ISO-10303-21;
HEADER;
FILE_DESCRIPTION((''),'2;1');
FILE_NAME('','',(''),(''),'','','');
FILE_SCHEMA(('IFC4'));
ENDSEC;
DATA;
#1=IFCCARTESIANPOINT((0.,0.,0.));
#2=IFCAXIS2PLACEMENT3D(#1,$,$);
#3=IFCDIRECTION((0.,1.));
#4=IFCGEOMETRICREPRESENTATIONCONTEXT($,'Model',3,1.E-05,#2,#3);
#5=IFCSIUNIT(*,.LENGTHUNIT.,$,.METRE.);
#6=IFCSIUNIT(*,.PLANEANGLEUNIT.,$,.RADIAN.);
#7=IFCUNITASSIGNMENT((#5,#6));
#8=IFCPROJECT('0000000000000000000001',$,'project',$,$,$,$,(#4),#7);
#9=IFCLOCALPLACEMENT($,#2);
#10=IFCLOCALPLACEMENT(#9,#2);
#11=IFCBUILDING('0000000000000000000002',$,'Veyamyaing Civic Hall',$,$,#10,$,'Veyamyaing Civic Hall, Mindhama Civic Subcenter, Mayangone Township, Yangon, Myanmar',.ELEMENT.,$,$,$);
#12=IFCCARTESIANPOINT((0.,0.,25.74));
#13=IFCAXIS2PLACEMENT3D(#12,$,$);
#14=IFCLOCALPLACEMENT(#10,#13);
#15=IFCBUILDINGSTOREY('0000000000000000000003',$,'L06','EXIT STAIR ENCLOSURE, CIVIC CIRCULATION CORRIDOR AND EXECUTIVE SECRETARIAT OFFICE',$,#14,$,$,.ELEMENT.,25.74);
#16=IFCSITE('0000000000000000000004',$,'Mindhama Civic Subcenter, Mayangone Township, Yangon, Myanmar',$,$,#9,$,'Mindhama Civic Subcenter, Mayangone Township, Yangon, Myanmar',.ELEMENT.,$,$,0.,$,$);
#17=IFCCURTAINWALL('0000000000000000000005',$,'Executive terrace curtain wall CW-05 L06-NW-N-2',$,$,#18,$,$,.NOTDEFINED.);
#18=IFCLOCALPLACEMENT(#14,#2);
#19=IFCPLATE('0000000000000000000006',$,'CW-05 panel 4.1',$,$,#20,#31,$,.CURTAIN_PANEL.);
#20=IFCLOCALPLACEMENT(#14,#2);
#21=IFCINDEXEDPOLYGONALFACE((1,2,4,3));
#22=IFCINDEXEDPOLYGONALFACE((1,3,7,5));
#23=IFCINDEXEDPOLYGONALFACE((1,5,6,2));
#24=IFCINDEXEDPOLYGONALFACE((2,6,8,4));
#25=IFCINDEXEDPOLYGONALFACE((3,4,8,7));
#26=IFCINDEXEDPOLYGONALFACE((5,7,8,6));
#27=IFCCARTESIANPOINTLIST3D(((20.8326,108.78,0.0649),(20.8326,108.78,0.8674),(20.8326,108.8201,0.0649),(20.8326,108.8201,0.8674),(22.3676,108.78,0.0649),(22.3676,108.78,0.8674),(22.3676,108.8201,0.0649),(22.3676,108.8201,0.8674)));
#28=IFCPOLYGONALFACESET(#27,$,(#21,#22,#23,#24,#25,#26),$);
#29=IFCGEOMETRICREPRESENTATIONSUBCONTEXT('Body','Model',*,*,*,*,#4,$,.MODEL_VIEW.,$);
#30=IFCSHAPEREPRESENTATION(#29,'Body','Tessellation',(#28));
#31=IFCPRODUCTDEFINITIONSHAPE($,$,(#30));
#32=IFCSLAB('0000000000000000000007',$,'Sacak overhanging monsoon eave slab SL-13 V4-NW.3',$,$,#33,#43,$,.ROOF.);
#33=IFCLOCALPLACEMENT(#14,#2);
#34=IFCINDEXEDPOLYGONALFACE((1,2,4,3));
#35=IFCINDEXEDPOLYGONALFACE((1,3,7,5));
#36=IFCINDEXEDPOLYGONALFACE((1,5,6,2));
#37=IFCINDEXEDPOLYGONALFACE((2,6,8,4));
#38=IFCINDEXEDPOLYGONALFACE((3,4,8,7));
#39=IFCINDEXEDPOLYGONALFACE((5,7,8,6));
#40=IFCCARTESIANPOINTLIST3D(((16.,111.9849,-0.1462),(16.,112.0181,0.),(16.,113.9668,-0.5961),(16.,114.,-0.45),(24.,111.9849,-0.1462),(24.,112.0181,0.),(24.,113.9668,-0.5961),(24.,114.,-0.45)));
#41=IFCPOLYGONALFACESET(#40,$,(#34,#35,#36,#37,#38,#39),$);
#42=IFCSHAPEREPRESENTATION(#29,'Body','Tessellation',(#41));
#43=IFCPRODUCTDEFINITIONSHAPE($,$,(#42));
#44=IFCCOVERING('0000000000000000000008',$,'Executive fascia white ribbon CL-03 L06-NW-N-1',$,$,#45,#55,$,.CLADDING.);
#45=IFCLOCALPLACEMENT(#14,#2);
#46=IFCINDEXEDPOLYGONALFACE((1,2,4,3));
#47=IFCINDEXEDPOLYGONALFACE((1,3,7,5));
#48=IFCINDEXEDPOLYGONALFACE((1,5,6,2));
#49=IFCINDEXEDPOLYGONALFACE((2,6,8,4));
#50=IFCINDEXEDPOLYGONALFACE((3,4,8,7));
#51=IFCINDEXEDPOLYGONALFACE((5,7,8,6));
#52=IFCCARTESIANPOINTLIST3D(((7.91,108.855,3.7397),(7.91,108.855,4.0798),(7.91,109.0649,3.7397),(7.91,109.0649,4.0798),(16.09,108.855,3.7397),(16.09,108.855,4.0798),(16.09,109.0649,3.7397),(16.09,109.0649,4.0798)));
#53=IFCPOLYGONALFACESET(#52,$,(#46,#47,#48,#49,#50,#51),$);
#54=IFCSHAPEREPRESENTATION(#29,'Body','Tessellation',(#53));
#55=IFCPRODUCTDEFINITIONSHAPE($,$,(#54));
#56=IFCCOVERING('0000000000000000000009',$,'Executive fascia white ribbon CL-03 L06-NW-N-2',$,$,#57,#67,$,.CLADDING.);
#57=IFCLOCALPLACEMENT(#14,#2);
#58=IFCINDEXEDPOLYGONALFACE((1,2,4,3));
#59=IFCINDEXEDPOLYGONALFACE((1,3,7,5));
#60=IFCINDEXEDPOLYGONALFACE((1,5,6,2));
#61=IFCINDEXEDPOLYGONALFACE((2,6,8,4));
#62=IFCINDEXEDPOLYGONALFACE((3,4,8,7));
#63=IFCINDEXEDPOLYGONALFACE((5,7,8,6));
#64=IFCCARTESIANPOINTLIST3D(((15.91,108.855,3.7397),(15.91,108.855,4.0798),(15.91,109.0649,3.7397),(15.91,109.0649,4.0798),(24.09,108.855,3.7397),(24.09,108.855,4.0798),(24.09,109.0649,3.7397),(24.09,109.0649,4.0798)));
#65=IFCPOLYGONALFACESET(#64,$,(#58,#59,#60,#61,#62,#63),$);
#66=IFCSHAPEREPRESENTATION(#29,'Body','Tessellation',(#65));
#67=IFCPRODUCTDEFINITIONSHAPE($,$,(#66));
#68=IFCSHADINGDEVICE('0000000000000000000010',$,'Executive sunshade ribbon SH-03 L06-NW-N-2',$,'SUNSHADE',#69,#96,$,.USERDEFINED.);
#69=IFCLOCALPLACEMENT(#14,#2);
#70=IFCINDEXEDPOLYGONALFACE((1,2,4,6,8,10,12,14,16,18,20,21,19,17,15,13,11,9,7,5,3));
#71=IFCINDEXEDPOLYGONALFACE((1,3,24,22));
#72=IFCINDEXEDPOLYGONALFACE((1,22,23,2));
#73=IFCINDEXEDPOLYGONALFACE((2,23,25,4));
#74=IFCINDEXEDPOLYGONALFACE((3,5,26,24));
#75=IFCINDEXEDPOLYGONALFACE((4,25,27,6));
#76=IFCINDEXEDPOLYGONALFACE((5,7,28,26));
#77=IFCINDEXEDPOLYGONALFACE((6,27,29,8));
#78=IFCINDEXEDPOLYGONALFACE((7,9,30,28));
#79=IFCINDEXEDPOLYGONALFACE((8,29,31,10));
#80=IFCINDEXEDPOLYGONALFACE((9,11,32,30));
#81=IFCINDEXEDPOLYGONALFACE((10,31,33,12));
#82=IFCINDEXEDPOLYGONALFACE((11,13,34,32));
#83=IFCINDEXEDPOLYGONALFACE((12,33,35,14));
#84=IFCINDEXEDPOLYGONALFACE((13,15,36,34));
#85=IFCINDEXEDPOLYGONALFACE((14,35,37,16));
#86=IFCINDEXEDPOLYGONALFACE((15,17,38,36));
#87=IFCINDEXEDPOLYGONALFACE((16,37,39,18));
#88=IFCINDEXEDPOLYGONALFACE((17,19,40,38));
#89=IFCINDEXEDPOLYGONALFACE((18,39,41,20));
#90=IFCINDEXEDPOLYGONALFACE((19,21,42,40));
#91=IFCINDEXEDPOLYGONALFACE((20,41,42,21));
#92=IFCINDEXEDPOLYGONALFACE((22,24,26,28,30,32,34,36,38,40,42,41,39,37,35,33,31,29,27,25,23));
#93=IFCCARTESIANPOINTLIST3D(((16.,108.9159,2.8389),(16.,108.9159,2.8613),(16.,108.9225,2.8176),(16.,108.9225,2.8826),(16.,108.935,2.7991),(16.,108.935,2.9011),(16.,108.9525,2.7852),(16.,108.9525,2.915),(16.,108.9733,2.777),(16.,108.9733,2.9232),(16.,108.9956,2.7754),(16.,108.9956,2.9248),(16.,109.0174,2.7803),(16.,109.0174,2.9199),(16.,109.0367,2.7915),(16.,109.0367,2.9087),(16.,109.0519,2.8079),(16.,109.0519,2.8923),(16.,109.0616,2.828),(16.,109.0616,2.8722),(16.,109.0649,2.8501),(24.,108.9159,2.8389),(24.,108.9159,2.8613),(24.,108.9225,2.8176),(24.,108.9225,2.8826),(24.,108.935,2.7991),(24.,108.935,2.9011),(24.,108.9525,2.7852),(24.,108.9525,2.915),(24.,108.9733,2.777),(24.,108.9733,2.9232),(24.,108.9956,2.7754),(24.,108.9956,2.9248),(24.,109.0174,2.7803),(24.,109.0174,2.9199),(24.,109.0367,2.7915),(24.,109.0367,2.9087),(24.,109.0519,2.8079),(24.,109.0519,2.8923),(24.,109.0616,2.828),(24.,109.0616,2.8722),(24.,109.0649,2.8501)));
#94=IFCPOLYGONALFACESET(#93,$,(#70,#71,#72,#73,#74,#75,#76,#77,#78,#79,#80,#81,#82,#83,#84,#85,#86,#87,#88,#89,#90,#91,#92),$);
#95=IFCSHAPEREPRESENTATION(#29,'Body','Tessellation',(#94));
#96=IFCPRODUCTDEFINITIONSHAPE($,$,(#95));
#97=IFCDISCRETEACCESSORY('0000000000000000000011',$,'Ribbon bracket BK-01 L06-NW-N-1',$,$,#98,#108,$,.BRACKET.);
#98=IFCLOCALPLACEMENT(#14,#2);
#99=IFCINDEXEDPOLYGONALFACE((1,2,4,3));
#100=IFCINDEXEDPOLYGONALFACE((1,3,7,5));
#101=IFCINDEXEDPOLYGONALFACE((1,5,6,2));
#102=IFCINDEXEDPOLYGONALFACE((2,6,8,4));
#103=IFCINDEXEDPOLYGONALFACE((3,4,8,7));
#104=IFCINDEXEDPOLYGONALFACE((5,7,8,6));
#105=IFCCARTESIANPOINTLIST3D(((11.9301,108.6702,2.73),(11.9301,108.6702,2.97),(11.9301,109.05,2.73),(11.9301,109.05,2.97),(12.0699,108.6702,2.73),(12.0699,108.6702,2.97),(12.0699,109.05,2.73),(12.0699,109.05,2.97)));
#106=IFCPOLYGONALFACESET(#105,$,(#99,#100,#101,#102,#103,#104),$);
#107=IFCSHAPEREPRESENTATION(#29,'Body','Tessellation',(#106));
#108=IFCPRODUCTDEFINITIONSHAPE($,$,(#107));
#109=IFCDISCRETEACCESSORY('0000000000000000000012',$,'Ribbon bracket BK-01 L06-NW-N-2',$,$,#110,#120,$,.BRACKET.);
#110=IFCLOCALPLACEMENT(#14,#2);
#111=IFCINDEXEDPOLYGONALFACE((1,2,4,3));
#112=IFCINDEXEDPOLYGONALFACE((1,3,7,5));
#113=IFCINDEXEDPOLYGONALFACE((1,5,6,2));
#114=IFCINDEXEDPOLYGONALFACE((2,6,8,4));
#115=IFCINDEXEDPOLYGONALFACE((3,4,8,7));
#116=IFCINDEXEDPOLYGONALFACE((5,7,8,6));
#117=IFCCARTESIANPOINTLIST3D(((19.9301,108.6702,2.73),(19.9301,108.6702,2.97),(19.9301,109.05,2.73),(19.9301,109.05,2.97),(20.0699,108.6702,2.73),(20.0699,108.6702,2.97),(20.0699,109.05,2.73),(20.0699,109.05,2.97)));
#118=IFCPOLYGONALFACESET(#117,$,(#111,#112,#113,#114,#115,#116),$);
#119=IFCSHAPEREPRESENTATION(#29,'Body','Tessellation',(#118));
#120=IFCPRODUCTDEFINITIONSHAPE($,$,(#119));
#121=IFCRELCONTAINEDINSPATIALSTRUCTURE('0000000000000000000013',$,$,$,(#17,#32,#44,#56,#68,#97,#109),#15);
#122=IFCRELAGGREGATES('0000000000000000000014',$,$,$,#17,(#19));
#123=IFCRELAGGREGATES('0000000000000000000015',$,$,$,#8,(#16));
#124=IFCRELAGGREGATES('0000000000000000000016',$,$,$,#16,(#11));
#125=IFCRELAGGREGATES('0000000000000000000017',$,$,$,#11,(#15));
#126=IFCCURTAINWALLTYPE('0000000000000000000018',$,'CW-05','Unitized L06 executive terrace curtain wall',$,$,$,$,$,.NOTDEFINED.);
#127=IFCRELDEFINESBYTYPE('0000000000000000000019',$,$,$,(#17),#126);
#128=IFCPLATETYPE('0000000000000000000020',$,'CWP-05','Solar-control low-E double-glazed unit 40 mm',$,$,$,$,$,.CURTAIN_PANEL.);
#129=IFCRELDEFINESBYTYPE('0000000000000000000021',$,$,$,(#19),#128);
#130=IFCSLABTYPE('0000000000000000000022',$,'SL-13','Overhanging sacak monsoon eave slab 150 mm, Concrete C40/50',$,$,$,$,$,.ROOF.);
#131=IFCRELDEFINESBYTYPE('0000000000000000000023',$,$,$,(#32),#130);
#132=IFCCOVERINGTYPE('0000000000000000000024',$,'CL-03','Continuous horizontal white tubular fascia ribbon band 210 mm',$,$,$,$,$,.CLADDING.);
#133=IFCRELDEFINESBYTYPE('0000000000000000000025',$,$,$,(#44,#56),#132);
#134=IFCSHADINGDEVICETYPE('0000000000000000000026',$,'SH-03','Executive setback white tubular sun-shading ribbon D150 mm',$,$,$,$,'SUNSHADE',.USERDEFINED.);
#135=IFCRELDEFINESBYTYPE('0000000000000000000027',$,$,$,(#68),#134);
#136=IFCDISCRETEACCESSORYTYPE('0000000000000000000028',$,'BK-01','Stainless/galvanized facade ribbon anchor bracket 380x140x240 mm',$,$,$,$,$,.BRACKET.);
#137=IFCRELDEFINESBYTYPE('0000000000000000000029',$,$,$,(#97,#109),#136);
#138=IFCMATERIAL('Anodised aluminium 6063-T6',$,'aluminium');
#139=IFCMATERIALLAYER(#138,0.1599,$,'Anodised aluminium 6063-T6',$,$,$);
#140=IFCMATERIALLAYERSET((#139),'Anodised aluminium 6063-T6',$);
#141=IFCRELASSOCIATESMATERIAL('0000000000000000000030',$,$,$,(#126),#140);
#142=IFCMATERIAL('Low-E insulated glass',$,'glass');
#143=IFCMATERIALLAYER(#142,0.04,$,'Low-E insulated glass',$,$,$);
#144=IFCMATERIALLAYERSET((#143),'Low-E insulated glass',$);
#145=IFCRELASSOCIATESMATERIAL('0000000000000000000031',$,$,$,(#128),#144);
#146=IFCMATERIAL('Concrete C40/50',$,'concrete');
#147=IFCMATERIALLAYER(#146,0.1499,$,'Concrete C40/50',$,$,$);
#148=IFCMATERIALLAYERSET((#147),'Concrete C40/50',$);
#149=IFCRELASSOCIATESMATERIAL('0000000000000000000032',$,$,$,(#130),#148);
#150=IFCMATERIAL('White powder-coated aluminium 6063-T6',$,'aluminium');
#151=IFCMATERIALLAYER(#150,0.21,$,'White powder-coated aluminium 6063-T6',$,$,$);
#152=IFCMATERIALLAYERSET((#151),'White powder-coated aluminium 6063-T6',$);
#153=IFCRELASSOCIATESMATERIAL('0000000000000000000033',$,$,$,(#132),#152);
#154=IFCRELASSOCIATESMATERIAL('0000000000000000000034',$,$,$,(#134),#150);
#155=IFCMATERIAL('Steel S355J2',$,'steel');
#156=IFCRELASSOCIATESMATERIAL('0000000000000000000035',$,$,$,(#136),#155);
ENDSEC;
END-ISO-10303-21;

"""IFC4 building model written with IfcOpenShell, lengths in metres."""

from ifc_helpers import new_model, si_unit, direction, frame, origin, origin_2d, place, context, subcontext, project, spatial, polyline, rectangle, circle, outline, extrude, material, layer, layer_set, material_profile, profile_set, type_object, element, aggregate, save


model = new_model("IFC4")

# Units and contexts
model_context = context("Model", 3, precision=1e-05, world=origin(), true_north=direction((0.0, 1.0)))
body_context = subcontext(model_context, "Body", "Model", "MODEL_VIEW")
ifc_project = project(units=[si_unit("LENGTHUNIT", "METRE"), si_unit("PLANEANGLEUNIT", "RADIAN")], contexts=[model_context])

# Site, building, storey
site_placement = place(None, origin())
site = spatial("IfcSite", under=ifc_project, at=site_placement, Name="Mindhama Civic Subcenter, Mayangone Township, Yangon, Myanmar", LongName="Mindhama Civic Subcenter, Mayangone Township, Yangon, Myanmar", CompositionType="ELEMENT", RefElevation=0.0)
building_placement = place(site_placement, origin())
building = spatial("IfcBuilding", under=site, at=building_placement, Name="Veyamyaing Civic Hall", LongName="Veyamyaing Civic Hall, Mindhama Civic Subcenter, Mayangone Township, Yangon, Myanmar", CompositionType="ELEMENT")
storey_placement = place(building_placement, frame((0.0, 0.0, 25.74)))
storey = spatial("IfcBuildingStorey", under=building, at=storey_placement, Name="L06", Description="EXIT STAIR ENCLOSURE, CIVIC CIRCULATION CORRIDOR AND EXECUTIVE SECRETARIAT OFFICE", CompositionType="ELEMENT", Elevation=25.74)

# Curtain wall
ifc_material_1 = material(Name="Anodised aluminium 6063-T6", Category="aluminium")
ifc_layer_1 = layer(ifc_material_1, 0.1599, Name="Anodised aluminium 6063-T6")
ifc_layer_set_1 = layer_set([ifc_layer_1], Name="Anodised aluminium 6063-T6")
curtain_wall_type = type_object("IfcCurtainWallType", Name="CW-05", Description="Unitized L06 executive terrace curtain wall", PredefinedType="NOTDEFINED", material=ifc_layer_set_1)
curtain_wall_placement = place(storey_placement, origin())
curtain_wall = element("IfcCurtainWall", 1, at=curtain_wall_placement, inside=storey, type_object=curtain_wall_type, Name="Executive terrace curtain wall CW-05 L06-NW-N-2", PredefinedType="NOTDEFINED")

# Plate
ifc_material_2 = material(Name="Low-E insulated glass", Category="glass")
ifc_layer_2 = layer(ifc_material_2, 0.04, Name="Low-E insulated glass")
ifc_layer_set_2 = layer_set([ifc_layer_2], Name="Low-E insulated glass")
plate_type = type_object("IfcPlateType", Name="CWP-05", Description="Solar-control low-E double-glazed unit 40 mm", PredefinedType="CURTAIN_PANEL", material=ifc_layer_set_2)
plate_1_placement = place(storey_placement, frame((21.6001, 108.8, 0.0649), z_axis=(0.0, 0.0, 1.0), x_axis=(1.0, 0.0, 0.0)))
plate_1 = element("IfcPlate", 2, at=plate_1_placement, type_object=plate_type, Name="CW-05 panel 4.1", PredefinedType="CURTAIN_PANEL", context=body_context, shape_type="SweptSolid", body=[
    extrude(rectangle(XDim=1.5349, YDim=0.04, at=origin_2d()), origin(), (0.0, 0.0, 1.0), 0.8025),
])
aggregate(curtain_wall, [plate_1])

# Slab
ifc_material_3 = material(Name="Concrete C40/50", Category="concrete")
ifc_layer_3 = layer(ifc_material_3, 0.1499, Name="Concrete C40/50")
ifc_layer_set_3 = layer_set([ifc_layer_3], Name="Concrete C40/50")
slab_type = type_object("IfcSlabType", Name="SL-13", Description="Overhanging sacak monsoon eave slab 150 mm, Concrete C40/50", PredefinedType="ROOF", material=ifc_layer_set_3)
slab_placement = place(storey_placement, frame((16.0, 112.0181, 0.0), z_axis=(0.0, 0.221393, 0.975185), x_axis=(1.0, 0.0, 0.0)))
element("IfcSlab", 3, at=slab_placement, inside=storey, type_object=slab_type, Name="Sacak overhanging monsoon eave slab SL-13 V4-NW.3", PredefinedType="ROOF", context=body_context, shape_type="SweptSolid", body=[
    extrude(outline(polyline([(0.0, 0.0), (8.0, 0.0), (8.0, 2.0324), (0.0, 2.0324), (0.0, 0.0)])), origin(), (0.0, 0.0, -1.0), 0.1499),
])

# Coverings
ifc_material_4 = material(Name="White powder-coated aluminium 6063-T6", Category="aluminium")
ifc_layer_4 = layer(ifc_material_4, 0.21, Name="White powder-coated aluminium 6063-T6")
ifc_layer_set_4 = layer_set([ifc_layer_4], Name="White powder-coated aluminium 6063-T6")
covering_type = type_object("IfcCoveringType", Name="CL-03", Description="Continuous horizontal white tubular fascia ribbon band 210 mm", PredefinedType="CLADDING", material=ifc_layer_set_4)
for number, where, z_axis, x_axis, name in (
    (4, (12.0, 108.96, 3.7397), (0.0, 0.0, 1.0), (1.0, 0.0, 0.0), "Executive fascia white ribbon CL-03 L06-NW-N-1"),
    (5, (20.0, 108.96, 3.7397), (0.0, 0.0, 1.0), (1.0, 0.0, 0.0), "Executive fascia white ribbon CL-03 L06-NW-N-2"),
):
    element("IfcCovering", number, at=place(storey_placement, frame(where, z_axis=z_axis, x_axis=x_axis)), inside=storey, type_object=covering_type, Name=name, PredefinedType="CLADDING", context=body_context, shape_type="SweptSolid", body=[
        extrude(rectangle(XDim=8.1799, YDim=0.21, at=origin_2d()), origin(), (0.0, 0.0, 1.0), 0.3401),
    ])

# Shading device
ifc_material_profile_1 = material_profile(ifc_material_4, circle(Radius=0.075, at=origin_2d()), Name="SHADE-TUBE-150")
ifc_profile_set_1 = profile_set([ifc_material_profile_1], Name="White powder-coated aluminium 6063-T6")
shading_device_type = type_object("IfcShadingDeviceType", Name="SH-03", Description="Executive setback white tubular sun-shading ribbon D150 mm", ElementType="SUNSHADE", PredefinedType="USERDEFINED", material=ifc_profile_set_1)
shading_device_placement = place(storey_placement, frame((16.0, 108.99, 2.8501), z_axis=(1.0, 0.0, 0.0), x_axis=(0.0, 1.0, 0.0)))
element("IfcShadingDevice", 6, at=shading_device_placement, inside=storey, type_object=shading_device_type, Name="Executive sunshade ribbon SH-03 L06-NW-N-2", ObjectType="SUNSHADE", PredefinedType="USERDEFINED", context=body_context, shape_type="SweptSolid", body=[
    extrude(circle(Radius=0.075, at=origin_2d()), origin(), (0.0, 0.0, 1.0), 8.0),
])

# Discrete accessories
ifc_material_5 = material(Name="Steel S355J2", Category="steel")
discrete_accessory_type = type_object("IfcDiscreteAccessoryType", Name="BK-01", Description="Stainless/galvanized facade ribbon anchor bracket 380x140x240 mm", PredefinedType="BRACKET", material=ifc_material_5)
for number, where, z_axis, x_axis, name in (
    (7, (12.0, 108.8601, 2.73), (0.0, 0.0, 1.0), (0.0, 1.0, 0.0), "Ribbon bracket BK-01 L06-NW-N-1"),
    (8, (20.0, 108.8601, 2.73), (0.0, 0.0, 1.0), (0.0, 1.0, 0.0), "Ribbon bracket BK-01 L06-NW-N-2"),
):
    element("IfcDiscreteAccessory", number, at=place(storey_placement, frame(where, z_axis=z_axis, x_axis=x_axis)), inside=storey, type_object=discrete_accessory_type, Name=name, PredefinedType="BRACKET", context=body_context, shape_type="SweptSolid", body=[
        extrude(rectangle(XDim=0.3799, YDim=0.1399, at=origin_2d()), origin(), (0.0, 0.0, 1.0), 0.24),
    ])

save(model, "model.ifc")
